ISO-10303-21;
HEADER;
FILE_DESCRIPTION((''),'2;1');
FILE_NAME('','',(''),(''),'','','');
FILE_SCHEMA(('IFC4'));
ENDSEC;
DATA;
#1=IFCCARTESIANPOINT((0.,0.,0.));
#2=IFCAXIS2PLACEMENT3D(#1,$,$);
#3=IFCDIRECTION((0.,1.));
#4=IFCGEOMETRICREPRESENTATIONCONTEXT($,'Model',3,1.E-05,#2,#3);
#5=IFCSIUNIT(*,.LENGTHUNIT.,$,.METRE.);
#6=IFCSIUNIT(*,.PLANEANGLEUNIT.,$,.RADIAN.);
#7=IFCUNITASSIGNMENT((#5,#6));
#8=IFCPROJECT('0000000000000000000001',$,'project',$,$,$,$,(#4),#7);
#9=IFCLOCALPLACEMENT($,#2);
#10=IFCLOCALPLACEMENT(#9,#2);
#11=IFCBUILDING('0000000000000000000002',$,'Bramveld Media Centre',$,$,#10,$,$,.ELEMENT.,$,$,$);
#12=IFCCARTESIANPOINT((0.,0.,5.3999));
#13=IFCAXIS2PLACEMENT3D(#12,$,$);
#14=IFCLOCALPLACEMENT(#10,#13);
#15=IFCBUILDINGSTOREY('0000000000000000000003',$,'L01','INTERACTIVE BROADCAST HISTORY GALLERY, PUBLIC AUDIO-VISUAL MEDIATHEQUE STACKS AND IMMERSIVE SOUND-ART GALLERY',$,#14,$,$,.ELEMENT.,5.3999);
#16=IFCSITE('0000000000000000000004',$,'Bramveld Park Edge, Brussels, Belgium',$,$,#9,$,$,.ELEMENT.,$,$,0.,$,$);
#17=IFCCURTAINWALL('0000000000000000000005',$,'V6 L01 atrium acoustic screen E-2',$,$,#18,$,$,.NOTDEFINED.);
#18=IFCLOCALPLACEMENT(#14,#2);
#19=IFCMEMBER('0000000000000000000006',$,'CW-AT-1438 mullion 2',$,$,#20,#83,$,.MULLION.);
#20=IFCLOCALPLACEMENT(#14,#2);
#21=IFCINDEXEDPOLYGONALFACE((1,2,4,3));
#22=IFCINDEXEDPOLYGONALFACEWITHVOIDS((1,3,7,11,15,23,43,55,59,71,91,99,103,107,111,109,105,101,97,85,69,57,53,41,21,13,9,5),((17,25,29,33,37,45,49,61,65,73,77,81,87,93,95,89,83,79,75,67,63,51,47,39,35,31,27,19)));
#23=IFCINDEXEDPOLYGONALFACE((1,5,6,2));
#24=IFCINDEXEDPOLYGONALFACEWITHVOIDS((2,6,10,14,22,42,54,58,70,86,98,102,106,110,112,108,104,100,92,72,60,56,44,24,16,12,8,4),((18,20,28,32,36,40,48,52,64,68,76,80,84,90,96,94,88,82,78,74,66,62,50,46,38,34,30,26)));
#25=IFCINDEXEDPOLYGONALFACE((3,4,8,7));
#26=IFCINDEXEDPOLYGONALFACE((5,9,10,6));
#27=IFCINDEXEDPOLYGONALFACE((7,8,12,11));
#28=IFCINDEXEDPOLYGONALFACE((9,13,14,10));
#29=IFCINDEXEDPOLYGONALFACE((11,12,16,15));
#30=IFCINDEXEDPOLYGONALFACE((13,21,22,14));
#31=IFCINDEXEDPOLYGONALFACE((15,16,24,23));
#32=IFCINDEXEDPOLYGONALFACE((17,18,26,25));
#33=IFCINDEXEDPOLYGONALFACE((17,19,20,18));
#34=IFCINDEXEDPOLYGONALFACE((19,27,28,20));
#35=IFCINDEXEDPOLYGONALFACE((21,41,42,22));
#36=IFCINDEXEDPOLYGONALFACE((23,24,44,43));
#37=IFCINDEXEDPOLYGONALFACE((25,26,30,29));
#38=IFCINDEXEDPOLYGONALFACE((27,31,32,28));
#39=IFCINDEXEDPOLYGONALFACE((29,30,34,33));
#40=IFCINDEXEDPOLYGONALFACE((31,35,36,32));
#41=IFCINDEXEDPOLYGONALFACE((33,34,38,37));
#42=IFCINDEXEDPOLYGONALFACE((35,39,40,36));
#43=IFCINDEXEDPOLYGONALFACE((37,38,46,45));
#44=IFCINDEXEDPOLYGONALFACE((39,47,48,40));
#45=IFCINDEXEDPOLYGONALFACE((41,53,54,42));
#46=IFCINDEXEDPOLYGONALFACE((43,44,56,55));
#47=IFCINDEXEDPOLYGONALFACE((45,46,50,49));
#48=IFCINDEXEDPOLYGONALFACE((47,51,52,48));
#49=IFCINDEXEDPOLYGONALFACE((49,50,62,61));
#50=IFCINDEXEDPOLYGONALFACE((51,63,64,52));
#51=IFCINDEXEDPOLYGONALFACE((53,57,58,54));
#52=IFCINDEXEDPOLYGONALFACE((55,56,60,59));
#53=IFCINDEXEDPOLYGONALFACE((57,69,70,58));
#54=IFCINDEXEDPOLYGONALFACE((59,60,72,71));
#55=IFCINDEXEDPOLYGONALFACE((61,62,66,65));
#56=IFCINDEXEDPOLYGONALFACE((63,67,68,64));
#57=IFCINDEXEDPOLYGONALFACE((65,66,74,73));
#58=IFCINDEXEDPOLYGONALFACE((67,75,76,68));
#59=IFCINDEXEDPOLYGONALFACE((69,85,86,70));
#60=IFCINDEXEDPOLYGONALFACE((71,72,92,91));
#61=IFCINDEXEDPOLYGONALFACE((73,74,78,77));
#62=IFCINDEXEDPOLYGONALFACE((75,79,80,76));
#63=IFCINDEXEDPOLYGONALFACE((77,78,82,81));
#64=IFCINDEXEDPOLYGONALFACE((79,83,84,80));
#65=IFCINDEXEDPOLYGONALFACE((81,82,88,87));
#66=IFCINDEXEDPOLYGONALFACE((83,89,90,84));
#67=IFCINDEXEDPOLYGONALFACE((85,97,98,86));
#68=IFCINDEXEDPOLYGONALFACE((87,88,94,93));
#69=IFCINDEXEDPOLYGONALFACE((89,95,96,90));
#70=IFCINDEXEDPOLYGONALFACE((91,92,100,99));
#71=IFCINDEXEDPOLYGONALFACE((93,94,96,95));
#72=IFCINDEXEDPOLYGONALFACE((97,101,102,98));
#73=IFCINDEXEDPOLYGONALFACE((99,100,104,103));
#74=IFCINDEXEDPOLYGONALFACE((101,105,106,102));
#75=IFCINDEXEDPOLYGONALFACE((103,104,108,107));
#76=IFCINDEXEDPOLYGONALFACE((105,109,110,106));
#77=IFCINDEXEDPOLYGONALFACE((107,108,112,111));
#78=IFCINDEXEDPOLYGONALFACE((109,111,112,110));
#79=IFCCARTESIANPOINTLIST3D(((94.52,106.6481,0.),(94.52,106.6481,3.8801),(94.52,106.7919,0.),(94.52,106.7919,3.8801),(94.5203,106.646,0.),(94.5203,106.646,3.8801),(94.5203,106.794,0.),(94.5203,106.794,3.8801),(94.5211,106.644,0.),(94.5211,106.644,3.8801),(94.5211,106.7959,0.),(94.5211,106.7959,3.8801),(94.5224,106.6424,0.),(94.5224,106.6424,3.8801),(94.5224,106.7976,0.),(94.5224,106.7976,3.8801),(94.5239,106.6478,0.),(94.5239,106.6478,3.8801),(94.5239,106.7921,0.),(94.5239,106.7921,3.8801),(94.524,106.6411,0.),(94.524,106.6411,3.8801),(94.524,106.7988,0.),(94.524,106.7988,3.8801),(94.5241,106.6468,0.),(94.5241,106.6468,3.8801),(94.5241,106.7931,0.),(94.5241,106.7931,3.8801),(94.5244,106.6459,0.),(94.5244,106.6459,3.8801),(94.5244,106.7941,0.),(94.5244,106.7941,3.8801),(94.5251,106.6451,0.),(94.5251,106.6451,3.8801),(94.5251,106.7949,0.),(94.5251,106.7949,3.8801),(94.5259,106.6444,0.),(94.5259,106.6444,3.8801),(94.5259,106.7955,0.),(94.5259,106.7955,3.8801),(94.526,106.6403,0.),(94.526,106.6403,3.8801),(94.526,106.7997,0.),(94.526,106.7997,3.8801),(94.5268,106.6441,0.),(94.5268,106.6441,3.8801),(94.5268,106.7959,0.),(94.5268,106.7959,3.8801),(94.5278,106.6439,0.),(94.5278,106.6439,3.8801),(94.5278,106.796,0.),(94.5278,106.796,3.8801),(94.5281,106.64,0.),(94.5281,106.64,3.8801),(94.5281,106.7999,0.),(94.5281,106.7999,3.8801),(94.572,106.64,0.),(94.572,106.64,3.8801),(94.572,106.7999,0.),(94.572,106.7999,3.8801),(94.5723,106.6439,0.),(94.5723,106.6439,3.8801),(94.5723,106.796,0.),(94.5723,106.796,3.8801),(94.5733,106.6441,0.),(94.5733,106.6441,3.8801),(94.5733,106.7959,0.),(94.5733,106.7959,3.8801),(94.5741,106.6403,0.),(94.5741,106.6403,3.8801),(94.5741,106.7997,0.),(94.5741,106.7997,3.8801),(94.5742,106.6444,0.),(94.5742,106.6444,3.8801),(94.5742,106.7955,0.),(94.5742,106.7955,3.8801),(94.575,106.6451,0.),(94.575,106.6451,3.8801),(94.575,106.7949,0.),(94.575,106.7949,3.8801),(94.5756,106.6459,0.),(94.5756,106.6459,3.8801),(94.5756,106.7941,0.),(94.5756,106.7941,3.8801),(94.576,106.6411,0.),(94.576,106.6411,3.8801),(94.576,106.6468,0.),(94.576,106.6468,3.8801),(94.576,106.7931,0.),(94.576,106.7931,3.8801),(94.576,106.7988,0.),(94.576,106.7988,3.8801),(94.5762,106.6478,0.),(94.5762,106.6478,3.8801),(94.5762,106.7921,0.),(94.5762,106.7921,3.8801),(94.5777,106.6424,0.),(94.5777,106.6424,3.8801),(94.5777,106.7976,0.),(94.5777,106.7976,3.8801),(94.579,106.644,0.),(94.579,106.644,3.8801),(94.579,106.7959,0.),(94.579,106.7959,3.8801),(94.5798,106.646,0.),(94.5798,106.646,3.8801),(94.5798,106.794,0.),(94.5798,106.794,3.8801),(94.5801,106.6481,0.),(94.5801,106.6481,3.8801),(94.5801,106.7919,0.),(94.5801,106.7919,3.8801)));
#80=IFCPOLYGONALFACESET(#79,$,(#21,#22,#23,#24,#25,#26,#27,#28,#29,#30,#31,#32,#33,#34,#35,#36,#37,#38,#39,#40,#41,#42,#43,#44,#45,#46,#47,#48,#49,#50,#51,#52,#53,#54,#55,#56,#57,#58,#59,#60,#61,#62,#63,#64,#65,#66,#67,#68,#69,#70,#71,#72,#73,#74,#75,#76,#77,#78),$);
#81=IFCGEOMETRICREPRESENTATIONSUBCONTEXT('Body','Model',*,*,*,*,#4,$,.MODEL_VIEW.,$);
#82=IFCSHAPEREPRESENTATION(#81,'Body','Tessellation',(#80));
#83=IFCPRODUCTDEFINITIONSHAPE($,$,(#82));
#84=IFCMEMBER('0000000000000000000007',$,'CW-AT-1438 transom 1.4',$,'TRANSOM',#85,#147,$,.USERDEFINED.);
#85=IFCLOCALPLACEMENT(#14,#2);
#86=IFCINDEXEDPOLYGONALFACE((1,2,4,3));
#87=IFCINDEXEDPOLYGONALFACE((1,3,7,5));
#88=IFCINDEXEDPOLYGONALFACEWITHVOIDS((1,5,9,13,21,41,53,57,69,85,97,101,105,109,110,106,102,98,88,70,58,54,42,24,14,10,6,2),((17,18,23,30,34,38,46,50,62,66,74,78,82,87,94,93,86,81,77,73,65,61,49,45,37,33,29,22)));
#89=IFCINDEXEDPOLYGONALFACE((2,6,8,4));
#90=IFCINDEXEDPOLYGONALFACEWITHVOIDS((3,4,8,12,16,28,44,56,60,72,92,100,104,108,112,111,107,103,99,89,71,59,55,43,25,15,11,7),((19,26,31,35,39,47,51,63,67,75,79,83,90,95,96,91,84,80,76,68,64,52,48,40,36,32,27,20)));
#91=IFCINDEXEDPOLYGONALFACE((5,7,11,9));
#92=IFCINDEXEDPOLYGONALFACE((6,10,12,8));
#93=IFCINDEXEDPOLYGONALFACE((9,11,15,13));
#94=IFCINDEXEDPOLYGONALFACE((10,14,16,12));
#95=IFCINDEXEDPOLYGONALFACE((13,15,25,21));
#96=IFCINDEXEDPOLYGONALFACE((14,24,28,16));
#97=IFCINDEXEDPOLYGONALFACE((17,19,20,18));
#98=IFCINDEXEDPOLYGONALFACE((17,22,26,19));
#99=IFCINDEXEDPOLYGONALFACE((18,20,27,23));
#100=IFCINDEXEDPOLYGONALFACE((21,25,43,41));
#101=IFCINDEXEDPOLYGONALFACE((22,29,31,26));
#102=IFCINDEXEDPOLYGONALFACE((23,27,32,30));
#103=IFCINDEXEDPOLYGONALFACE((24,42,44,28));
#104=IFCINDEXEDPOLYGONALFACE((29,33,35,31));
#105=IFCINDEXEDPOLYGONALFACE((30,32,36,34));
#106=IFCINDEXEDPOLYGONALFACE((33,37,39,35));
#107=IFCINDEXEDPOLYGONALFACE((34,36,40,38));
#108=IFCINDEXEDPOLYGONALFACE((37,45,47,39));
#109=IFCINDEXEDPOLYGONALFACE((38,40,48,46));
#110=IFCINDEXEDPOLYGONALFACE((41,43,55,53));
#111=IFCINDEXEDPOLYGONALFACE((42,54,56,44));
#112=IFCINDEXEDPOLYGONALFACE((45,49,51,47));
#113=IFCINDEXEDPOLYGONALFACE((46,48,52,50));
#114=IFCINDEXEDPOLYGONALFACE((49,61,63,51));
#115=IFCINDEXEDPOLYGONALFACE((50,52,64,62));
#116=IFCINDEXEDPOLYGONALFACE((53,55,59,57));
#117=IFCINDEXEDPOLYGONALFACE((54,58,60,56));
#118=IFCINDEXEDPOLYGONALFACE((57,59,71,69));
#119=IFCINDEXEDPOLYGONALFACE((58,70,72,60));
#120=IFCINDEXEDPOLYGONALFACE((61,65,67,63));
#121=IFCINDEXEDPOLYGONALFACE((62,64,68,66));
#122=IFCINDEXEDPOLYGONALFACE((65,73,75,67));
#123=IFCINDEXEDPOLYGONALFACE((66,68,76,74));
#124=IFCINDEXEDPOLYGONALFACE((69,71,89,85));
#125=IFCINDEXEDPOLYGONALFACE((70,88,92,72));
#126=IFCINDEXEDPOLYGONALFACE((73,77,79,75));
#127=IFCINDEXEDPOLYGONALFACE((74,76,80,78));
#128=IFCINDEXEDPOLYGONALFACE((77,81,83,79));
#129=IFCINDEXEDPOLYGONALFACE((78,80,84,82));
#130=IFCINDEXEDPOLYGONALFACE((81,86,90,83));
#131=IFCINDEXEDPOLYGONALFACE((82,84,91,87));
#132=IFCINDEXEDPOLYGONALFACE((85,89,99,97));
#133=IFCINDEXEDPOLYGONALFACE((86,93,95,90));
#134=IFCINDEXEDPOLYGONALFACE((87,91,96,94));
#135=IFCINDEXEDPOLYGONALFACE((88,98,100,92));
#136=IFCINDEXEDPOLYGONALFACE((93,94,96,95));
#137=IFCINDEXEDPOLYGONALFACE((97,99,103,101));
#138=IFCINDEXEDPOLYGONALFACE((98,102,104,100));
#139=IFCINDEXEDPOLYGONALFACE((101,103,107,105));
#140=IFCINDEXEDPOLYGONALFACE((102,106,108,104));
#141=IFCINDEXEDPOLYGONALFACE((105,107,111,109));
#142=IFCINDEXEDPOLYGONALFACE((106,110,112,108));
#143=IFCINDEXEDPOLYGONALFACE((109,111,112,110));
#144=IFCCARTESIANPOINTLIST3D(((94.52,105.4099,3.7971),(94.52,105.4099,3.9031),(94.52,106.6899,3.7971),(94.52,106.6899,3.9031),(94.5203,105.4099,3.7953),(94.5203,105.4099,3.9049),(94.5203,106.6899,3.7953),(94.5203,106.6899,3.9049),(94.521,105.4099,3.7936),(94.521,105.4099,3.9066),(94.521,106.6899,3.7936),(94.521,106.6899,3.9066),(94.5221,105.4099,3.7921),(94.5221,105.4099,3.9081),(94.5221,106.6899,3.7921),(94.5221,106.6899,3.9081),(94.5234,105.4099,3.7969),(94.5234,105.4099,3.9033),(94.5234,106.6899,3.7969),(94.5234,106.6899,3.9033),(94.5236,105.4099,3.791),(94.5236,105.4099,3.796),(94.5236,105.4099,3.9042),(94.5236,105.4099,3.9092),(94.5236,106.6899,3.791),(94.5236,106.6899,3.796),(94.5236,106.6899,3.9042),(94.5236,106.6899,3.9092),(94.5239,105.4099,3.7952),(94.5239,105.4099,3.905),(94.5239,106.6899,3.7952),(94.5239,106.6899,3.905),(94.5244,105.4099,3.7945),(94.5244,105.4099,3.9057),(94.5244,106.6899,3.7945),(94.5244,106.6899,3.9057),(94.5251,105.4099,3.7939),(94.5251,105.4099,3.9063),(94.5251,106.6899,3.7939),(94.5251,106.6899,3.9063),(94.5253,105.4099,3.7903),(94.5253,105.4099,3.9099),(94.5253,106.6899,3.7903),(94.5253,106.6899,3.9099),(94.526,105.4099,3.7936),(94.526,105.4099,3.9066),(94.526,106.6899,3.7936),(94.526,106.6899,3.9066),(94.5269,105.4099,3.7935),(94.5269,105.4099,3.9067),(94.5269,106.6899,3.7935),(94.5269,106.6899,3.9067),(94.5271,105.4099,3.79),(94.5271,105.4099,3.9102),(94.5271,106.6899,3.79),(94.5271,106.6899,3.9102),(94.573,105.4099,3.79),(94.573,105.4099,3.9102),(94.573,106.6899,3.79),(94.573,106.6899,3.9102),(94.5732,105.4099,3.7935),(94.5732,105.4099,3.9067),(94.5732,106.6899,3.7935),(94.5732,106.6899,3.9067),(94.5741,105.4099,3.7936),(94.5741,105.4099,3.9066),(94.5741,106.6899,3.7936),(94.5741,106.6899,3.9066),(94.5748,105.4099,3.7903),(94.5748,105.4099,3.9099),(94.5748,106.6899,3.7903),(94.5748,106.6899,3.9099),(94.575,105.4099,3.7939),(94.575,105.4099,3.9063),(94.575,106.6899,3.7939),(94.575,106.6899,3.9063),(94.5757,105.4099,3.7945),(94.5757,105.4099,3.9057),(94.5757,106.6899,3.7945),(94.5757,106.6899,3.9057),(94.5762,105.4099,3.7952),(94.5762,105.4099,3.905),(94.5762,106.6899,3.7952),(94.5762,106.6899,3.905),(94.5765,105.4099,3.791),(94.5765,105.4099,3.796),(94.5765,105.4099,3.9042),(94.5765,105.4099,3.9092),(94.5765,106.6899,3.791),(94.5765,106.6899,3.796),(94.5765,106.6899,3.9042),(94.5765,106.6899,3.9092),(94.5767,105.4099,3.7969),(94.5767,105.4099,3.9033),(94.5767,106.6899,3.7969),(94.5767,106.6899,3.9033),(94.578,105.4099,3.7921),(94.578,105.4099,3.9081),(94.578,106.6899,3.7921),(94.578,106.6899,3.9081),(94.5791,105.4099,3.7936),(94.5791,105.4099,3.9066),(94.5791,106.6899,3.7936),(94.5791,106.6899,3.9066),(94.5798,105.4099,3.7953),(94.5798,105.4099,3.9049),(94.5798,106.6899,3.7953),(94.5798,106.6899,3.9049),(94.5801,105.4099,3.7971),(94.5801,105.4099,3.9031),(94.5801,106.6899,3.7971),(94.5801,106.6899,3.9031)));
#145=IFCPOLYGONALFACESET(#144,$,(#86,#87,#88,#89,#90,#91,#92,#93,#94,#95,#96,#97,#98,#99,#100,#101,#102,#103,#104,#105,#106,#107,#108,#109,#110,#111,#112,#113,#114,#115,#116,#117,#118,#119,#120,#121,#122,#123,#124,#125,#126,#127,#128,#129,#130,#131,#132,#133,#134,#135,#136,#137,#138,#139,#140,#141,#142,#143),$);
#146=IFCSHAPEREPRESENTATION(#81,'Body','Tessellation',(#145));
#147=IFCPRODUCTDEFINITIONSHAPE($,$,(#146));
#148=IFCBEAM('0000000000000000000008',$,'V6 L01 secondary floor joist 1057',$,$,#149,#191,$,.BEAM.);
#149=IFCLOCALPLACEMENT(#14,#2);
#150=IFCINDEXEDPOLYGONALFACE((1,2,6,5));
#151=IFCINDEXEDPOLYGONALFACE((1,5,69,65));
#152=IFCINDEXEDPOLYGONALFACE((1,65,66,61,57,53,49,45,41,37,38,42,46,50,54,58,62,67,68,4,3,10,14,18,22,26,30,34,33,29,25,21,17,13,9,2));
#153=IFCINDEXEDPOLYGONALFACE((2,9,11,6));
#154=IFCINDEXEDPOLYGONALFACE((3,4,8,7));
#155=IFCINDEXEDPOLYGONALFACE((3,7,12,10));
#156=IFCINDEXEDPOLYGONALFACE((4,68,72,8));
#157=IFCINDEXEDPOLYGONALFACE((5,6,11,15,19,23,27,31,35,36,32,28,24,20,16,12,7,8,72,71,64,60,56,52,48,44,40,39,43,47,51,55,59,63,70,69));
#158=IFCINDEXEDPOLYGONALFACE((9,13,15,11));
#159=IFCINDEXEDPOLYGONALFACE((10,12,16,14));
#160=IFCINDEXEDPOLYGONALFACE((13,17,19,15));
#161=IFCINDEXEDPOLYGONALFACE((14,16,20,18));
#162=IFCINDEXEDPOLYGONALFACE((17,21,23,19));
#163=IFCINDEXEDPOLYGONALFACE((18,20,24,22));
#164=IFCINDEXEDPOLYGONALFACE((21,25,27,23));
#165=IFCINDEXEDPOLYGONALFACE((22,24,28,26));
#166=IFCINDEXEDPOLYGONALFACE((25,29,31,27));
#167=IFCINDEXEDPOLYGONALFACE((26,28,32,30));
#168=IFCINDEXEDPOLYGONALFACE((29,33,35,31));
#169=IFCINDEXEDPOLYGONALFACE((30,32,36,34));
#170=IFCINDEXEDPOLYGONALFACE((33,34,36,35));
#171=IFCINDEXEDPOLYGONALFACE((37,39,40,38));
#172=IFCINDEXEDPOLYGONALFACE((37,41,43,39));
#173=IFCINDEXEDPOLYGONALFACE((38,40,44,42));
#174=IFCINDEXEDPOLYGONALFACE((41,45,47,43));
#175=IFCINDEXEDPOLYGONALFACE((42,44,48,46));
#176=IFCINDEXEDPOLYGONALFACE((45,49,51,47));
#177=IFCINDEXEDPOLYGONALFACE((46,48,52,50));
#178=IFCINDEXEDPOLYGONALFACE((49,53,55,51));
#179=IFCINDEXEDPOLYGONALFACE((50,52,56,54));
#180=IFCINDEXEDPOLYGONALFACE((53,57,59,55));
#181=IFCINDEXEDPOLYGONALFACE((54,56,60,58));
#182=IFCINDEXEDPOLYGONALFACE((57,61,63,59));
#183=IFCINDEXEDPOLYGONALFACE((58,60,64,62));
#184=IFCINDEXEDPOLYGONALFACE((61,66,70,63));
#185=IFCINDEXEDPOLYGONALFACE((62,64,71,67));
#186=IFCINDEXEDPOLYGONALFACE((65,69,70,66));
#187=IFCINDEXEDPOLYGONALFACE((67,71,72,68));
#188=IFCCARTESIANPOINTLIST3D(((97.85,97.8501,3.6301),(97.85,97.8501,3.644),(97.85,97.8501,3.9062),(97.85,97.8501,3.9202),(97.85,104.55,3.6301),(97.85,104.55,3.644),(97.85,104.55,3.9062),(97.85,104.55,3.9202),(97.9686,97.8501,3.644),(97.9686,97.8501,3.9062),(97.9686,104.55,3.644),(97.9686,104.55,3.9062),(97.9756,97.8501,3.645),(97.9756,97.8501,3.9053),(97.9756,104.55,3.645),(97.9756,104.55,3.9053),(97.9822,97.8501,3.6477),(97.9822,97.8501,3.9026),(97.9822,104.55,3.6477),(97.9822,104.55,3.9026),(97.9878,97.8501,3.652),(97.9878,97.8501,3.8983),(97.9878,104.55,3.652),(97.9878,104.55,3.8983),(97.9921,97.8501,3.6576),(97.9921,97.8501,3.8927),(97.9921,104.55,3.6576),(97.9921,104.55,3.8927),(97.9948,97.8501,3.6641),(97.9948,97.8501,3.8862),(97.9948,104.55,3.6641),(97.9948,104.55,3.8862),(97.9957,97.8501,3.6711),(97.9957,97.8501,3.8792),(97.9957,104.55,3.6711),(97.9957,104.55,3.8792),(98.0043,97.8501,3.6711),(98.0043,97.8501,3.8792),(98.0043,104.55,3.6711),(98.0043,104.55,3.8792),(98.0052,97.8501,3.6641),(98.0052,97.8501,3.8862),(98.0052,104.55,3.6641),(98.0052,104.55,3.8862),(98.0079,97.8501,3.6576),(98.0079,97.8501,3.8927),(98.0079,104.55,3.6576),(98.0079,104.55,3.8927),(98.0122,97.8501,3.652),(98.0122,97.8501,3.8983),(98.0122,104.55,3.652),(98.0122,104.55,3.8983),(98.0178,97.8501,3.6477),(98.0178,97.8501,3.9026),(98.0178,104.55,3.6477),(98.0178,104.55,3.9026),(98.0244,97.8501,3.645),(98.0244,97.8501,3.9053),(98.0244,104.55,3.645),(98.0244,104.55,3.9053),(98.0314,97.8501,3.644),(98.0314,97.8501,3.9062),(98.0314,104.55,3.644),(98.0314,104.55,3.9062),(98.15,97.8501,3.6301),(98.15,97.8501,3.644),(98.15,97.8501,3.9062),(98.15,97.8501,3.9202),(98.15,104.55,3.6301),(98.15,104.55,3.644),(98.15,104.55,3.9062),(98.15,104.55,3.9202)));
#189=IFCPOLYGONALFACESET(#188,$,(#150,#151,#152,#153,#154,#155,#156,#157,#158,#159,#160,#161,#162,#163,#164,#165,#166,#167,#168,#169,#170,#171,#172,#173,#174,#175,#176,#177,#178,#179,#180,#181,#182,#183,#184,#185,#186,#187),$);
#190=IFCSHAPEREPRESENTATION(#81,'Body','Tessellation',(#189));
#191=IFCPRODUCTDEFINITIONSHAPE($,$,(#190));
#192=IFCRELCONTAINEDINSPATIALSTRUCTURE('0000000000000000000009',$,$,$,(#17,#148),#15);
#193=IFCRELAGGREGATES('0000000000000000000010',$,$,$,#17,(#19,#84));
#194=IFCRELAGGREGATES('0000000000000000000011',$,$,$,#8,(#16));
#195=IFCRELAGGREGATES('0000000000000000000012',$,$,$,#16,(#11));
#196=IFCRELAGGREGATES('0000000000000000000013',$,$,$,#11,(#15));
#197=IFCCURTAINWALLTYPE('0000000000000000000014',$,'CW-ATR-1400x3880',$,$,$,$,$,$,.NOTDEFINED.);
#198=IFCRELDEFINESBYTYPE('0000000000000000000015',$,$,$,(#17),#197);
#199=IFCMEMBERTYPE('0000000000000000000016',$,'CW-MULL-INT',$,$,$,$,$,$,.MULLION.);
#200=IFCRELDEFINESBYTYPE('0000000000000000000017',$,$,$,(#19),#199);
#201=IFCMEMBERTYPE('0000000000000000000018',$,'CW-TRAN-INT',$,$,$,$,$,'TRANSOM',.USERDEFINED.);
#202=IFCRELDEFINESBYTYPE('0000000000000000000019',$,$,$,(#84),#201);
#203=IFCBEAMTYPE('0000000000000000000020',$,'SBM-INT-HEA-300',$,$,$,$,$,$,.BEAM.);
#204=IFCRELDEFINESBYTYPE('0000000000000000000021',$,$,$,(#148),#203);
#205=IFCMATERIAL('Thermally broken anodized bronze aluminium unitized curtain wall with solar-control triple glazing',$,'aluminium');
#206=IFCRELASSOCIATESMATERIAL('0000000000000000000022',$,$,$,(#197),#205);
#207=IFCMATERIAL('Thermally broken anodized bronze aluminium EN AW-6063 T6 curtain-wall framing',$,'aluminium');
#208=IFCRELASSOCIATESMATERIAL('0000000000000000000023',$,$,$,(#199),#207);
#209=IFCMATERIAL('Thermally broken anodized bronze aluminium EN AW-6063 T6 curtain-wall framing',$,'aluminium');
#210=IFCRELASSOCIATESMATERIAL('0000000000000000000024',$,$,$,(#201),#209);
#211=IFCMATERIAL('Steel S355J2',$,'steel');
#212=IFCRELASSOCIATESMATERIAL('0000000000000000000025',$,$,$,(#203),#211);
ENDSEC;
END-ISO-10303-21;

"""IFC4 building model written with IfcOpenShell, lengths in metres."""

from ifc_helpers import new_model, si_unit, direction, frame, origin, origin_2d, place, context, subcontext, project, spatial, hollow_rectangle, i_section, extrude, material, material_profile, profile_set, type_object, element, aggregate, save


model = new_model("IFC4")

# Units and contexts
model_context = context("Model", 3, precision=1e-05, world=origin(), true_north=direction((0.0, 1.0)))
body_context = subcontext(model_context, "Body", "Model", "MODEL_VIEW")
ifc_project = project(units=[si_unit("LENGTHUNIT", "METRE"), si_unit("PLANEANGLEUNIT", "RADIAN")], contexts=[model_context])

# Site, building, storey
site_placement = place(None, origin())
site = spatial("IfcSite", under=ifc_project, at=site_placement, Name="Bramveld Park Edge, Brussels, Belgium", CompositionType="ELEMENT", RefElevation=0.0)
building_placement = place(site_placement, origin())
building = spatial("IfcBuilding", under=site, at=building_placement, Name="Bramveld Media Centre", CompositionType="ELEMENT")
storey_placement = place(building_placement, frame((0.0, 0.0, 5.3999)))
storey = spatial("IfcBuildingStorey", under=building, at=storey_placement, Name="L01", Description="INTERACTIVE BROADCAST HISTORY GALLERY, PUBLIC AUDIO-VISUAL MEDIATHEQUE STACKS AND IMMERSIVE SOUND-ART GALLERY", CompositionType="ELEMENT", Elevation=5.3999)

# Curtain wall, members
ifc_material_1 = material(Name="Thermally broken anodized bronze aluminium unitized curtain wall with solar-control triple glazing", Category="aluminium")
curtain_wall_type = type_object("IfcCurtainWallType", Name="CW-ATR-1400x3880", PredefinedType="NOTDEFINED", material=ifc_material_1)
curtain_wall_placement = place(storey_placement, origin())
curtain_wall = element("IfcCurtainWall", 1, at=curtain_wall_placement, inside=storey, type_object=curtain_wall_type, Name="V6 L01 atrium acoustic screen E-2", PredefinedType="NOTDEFINED")
ifc_material_2 = material(Name="Thermally broken anodized bronze aluminium EN AW-6063 T6 curtain-wall framing", Category="aluminium")
ifc_material_profile_1 = material_profile(ifc_material_2, hollow_rectangle(XDim=0.0601, YDim=0.1599, WallThickness=0.0039, InnerFilletRadius=0.0039, OuterFilletRadius=0.0081, at=origin_2d()), Name="AL-MULL 60x160")
ifc_profile_set_1 = profile_set([ifc_material_profile_1], Name="Thermally broken anodized bronze aluminium EN AW-6063 T6 curtain-wall framing")
member_type_1 = type_object("IfcMemberType", Name="CW-MULL-INT", PredefinedType="MULLION", material=ifc_profile_set_1)
member_1_placement = place(storey_placement, frame((94.55, 106.72, 0.0), z_axis=(0.0, 0.0, 1.0), x_axis=(-1.0, 0.0, 0.0)))
member_1 = element("IfcMember", 2, at=member_1_placement, type_object=member_type_1, Name="CW-AT-1438 mullion 2", PredefinedType="MULLION", context=body_context, shape_type="SweptSolid", body=[
    extrude(hollow_rectangle(XDim=0.0601, YDim=0.1599, WallThickness=0.0039, InnerFilletRadius=0.0039, OuterFilletRadius=0.0081, at=origin_2d()), origin(), (0.0, 0.0, 1.0), 3.8801),
])
ifc_material_3 = material(Name="Thermally broken anodized bronze aluminium EN AW-6063 T6 curtain-wall framing", Category="aluminium")
ifc_material_profile_2 = material_profile(ifc_material_3, hollow_rectangle(XDim=0.0601, YDim=0.1201, WallThickness=0.0034, InnerFilletRadius=0.0034, OuterFilletRadius=0.0071, at=origin_2d()), Name="AL-TRAN 60x120")
ifc_profile_set_2 = profile_set([ifc_material_profile_2], Name="Thermally broken anodized bronze aluminium EN AW-6063 T6 curtain-wall framing")
member_type_2 = type_object("IfcMemberType", Name="CW-TRAN-INT", ElementType="TRANSOM", PredefinedType="USERDEFINED", material=ifc_profile_set_2)
member_2_placement = place(storey_placement, frame((94.55, 105.4099, 3.8501), z_axis=(0.0, 1.0, 0.0), x_axis=(-1.0, 0.0, 0.0)))
member_2 = element("IfcMember", 3, at=member_2_placement, type_object=member_type_2, Name="CW-AT-1438 transom 1.4", ObjectType="TRANSOM", PredefinedType="USERDEFINED", context=body_context, shape_type="SweptSolid", body=[
    extrude(hollow_rectangle(XDim=0.0601, YDim=0.1201, WallThickness=0.0034, InnerFilletRadius=0.0034, OuterFilletRadius=0.0071, at=origin_2d()), origin(), (0.0, 0.0, 1.0), 1.28),
])

# Beam
ifc_material_4 = material(Name="Steel S355J2", Category="steel")
ifc_material_profile_3 = material_profile(ifc_material_4, i_section(OverallWidth=0.3, OverallDepth=0.29, WebThickness=0.0085, FlangeThickness=0.0139, FilletRadius=0.0271, at=origin_2d()), Name="HEA 300")
ifc_profile_set_3 = profile_set([ifc_material_profile_3], Name="Steel S355J2")
beam_type_1 = type_object("IfcBeamType", Name="SBM-INT-HEA-300", PredefinedType="BEAM", material=ifc_profile_set_3)
beam_1_placement = place(storey_placement, frame((98.0, 97.8501, 3.7751), z_axis=(0.0, 1.0, 0.0), x_axis=(-1.0, 0.0, 0.0)))
element("IfcBeam", 4, at=beam_1_placement, inside=storey, type_object=beam_type_1, Name="V6 L01 secondary floor joist 1057", PredefinedType="BEAM", context=body_context, shape_type="SweptSolid", body=[
    extrude(i_section(OverallWidth=0.3, OverallDepth=0.29, WebThickness=0.0085, FlangeThickness=0.0139, FilletRadius=0.0271, at=origin_2d()), origin(), (0.0, 0.0, 1.0), 6.7),
])

aggregate(curtain_wall, [member_1, member_2])

save(model, "model.ifc")
